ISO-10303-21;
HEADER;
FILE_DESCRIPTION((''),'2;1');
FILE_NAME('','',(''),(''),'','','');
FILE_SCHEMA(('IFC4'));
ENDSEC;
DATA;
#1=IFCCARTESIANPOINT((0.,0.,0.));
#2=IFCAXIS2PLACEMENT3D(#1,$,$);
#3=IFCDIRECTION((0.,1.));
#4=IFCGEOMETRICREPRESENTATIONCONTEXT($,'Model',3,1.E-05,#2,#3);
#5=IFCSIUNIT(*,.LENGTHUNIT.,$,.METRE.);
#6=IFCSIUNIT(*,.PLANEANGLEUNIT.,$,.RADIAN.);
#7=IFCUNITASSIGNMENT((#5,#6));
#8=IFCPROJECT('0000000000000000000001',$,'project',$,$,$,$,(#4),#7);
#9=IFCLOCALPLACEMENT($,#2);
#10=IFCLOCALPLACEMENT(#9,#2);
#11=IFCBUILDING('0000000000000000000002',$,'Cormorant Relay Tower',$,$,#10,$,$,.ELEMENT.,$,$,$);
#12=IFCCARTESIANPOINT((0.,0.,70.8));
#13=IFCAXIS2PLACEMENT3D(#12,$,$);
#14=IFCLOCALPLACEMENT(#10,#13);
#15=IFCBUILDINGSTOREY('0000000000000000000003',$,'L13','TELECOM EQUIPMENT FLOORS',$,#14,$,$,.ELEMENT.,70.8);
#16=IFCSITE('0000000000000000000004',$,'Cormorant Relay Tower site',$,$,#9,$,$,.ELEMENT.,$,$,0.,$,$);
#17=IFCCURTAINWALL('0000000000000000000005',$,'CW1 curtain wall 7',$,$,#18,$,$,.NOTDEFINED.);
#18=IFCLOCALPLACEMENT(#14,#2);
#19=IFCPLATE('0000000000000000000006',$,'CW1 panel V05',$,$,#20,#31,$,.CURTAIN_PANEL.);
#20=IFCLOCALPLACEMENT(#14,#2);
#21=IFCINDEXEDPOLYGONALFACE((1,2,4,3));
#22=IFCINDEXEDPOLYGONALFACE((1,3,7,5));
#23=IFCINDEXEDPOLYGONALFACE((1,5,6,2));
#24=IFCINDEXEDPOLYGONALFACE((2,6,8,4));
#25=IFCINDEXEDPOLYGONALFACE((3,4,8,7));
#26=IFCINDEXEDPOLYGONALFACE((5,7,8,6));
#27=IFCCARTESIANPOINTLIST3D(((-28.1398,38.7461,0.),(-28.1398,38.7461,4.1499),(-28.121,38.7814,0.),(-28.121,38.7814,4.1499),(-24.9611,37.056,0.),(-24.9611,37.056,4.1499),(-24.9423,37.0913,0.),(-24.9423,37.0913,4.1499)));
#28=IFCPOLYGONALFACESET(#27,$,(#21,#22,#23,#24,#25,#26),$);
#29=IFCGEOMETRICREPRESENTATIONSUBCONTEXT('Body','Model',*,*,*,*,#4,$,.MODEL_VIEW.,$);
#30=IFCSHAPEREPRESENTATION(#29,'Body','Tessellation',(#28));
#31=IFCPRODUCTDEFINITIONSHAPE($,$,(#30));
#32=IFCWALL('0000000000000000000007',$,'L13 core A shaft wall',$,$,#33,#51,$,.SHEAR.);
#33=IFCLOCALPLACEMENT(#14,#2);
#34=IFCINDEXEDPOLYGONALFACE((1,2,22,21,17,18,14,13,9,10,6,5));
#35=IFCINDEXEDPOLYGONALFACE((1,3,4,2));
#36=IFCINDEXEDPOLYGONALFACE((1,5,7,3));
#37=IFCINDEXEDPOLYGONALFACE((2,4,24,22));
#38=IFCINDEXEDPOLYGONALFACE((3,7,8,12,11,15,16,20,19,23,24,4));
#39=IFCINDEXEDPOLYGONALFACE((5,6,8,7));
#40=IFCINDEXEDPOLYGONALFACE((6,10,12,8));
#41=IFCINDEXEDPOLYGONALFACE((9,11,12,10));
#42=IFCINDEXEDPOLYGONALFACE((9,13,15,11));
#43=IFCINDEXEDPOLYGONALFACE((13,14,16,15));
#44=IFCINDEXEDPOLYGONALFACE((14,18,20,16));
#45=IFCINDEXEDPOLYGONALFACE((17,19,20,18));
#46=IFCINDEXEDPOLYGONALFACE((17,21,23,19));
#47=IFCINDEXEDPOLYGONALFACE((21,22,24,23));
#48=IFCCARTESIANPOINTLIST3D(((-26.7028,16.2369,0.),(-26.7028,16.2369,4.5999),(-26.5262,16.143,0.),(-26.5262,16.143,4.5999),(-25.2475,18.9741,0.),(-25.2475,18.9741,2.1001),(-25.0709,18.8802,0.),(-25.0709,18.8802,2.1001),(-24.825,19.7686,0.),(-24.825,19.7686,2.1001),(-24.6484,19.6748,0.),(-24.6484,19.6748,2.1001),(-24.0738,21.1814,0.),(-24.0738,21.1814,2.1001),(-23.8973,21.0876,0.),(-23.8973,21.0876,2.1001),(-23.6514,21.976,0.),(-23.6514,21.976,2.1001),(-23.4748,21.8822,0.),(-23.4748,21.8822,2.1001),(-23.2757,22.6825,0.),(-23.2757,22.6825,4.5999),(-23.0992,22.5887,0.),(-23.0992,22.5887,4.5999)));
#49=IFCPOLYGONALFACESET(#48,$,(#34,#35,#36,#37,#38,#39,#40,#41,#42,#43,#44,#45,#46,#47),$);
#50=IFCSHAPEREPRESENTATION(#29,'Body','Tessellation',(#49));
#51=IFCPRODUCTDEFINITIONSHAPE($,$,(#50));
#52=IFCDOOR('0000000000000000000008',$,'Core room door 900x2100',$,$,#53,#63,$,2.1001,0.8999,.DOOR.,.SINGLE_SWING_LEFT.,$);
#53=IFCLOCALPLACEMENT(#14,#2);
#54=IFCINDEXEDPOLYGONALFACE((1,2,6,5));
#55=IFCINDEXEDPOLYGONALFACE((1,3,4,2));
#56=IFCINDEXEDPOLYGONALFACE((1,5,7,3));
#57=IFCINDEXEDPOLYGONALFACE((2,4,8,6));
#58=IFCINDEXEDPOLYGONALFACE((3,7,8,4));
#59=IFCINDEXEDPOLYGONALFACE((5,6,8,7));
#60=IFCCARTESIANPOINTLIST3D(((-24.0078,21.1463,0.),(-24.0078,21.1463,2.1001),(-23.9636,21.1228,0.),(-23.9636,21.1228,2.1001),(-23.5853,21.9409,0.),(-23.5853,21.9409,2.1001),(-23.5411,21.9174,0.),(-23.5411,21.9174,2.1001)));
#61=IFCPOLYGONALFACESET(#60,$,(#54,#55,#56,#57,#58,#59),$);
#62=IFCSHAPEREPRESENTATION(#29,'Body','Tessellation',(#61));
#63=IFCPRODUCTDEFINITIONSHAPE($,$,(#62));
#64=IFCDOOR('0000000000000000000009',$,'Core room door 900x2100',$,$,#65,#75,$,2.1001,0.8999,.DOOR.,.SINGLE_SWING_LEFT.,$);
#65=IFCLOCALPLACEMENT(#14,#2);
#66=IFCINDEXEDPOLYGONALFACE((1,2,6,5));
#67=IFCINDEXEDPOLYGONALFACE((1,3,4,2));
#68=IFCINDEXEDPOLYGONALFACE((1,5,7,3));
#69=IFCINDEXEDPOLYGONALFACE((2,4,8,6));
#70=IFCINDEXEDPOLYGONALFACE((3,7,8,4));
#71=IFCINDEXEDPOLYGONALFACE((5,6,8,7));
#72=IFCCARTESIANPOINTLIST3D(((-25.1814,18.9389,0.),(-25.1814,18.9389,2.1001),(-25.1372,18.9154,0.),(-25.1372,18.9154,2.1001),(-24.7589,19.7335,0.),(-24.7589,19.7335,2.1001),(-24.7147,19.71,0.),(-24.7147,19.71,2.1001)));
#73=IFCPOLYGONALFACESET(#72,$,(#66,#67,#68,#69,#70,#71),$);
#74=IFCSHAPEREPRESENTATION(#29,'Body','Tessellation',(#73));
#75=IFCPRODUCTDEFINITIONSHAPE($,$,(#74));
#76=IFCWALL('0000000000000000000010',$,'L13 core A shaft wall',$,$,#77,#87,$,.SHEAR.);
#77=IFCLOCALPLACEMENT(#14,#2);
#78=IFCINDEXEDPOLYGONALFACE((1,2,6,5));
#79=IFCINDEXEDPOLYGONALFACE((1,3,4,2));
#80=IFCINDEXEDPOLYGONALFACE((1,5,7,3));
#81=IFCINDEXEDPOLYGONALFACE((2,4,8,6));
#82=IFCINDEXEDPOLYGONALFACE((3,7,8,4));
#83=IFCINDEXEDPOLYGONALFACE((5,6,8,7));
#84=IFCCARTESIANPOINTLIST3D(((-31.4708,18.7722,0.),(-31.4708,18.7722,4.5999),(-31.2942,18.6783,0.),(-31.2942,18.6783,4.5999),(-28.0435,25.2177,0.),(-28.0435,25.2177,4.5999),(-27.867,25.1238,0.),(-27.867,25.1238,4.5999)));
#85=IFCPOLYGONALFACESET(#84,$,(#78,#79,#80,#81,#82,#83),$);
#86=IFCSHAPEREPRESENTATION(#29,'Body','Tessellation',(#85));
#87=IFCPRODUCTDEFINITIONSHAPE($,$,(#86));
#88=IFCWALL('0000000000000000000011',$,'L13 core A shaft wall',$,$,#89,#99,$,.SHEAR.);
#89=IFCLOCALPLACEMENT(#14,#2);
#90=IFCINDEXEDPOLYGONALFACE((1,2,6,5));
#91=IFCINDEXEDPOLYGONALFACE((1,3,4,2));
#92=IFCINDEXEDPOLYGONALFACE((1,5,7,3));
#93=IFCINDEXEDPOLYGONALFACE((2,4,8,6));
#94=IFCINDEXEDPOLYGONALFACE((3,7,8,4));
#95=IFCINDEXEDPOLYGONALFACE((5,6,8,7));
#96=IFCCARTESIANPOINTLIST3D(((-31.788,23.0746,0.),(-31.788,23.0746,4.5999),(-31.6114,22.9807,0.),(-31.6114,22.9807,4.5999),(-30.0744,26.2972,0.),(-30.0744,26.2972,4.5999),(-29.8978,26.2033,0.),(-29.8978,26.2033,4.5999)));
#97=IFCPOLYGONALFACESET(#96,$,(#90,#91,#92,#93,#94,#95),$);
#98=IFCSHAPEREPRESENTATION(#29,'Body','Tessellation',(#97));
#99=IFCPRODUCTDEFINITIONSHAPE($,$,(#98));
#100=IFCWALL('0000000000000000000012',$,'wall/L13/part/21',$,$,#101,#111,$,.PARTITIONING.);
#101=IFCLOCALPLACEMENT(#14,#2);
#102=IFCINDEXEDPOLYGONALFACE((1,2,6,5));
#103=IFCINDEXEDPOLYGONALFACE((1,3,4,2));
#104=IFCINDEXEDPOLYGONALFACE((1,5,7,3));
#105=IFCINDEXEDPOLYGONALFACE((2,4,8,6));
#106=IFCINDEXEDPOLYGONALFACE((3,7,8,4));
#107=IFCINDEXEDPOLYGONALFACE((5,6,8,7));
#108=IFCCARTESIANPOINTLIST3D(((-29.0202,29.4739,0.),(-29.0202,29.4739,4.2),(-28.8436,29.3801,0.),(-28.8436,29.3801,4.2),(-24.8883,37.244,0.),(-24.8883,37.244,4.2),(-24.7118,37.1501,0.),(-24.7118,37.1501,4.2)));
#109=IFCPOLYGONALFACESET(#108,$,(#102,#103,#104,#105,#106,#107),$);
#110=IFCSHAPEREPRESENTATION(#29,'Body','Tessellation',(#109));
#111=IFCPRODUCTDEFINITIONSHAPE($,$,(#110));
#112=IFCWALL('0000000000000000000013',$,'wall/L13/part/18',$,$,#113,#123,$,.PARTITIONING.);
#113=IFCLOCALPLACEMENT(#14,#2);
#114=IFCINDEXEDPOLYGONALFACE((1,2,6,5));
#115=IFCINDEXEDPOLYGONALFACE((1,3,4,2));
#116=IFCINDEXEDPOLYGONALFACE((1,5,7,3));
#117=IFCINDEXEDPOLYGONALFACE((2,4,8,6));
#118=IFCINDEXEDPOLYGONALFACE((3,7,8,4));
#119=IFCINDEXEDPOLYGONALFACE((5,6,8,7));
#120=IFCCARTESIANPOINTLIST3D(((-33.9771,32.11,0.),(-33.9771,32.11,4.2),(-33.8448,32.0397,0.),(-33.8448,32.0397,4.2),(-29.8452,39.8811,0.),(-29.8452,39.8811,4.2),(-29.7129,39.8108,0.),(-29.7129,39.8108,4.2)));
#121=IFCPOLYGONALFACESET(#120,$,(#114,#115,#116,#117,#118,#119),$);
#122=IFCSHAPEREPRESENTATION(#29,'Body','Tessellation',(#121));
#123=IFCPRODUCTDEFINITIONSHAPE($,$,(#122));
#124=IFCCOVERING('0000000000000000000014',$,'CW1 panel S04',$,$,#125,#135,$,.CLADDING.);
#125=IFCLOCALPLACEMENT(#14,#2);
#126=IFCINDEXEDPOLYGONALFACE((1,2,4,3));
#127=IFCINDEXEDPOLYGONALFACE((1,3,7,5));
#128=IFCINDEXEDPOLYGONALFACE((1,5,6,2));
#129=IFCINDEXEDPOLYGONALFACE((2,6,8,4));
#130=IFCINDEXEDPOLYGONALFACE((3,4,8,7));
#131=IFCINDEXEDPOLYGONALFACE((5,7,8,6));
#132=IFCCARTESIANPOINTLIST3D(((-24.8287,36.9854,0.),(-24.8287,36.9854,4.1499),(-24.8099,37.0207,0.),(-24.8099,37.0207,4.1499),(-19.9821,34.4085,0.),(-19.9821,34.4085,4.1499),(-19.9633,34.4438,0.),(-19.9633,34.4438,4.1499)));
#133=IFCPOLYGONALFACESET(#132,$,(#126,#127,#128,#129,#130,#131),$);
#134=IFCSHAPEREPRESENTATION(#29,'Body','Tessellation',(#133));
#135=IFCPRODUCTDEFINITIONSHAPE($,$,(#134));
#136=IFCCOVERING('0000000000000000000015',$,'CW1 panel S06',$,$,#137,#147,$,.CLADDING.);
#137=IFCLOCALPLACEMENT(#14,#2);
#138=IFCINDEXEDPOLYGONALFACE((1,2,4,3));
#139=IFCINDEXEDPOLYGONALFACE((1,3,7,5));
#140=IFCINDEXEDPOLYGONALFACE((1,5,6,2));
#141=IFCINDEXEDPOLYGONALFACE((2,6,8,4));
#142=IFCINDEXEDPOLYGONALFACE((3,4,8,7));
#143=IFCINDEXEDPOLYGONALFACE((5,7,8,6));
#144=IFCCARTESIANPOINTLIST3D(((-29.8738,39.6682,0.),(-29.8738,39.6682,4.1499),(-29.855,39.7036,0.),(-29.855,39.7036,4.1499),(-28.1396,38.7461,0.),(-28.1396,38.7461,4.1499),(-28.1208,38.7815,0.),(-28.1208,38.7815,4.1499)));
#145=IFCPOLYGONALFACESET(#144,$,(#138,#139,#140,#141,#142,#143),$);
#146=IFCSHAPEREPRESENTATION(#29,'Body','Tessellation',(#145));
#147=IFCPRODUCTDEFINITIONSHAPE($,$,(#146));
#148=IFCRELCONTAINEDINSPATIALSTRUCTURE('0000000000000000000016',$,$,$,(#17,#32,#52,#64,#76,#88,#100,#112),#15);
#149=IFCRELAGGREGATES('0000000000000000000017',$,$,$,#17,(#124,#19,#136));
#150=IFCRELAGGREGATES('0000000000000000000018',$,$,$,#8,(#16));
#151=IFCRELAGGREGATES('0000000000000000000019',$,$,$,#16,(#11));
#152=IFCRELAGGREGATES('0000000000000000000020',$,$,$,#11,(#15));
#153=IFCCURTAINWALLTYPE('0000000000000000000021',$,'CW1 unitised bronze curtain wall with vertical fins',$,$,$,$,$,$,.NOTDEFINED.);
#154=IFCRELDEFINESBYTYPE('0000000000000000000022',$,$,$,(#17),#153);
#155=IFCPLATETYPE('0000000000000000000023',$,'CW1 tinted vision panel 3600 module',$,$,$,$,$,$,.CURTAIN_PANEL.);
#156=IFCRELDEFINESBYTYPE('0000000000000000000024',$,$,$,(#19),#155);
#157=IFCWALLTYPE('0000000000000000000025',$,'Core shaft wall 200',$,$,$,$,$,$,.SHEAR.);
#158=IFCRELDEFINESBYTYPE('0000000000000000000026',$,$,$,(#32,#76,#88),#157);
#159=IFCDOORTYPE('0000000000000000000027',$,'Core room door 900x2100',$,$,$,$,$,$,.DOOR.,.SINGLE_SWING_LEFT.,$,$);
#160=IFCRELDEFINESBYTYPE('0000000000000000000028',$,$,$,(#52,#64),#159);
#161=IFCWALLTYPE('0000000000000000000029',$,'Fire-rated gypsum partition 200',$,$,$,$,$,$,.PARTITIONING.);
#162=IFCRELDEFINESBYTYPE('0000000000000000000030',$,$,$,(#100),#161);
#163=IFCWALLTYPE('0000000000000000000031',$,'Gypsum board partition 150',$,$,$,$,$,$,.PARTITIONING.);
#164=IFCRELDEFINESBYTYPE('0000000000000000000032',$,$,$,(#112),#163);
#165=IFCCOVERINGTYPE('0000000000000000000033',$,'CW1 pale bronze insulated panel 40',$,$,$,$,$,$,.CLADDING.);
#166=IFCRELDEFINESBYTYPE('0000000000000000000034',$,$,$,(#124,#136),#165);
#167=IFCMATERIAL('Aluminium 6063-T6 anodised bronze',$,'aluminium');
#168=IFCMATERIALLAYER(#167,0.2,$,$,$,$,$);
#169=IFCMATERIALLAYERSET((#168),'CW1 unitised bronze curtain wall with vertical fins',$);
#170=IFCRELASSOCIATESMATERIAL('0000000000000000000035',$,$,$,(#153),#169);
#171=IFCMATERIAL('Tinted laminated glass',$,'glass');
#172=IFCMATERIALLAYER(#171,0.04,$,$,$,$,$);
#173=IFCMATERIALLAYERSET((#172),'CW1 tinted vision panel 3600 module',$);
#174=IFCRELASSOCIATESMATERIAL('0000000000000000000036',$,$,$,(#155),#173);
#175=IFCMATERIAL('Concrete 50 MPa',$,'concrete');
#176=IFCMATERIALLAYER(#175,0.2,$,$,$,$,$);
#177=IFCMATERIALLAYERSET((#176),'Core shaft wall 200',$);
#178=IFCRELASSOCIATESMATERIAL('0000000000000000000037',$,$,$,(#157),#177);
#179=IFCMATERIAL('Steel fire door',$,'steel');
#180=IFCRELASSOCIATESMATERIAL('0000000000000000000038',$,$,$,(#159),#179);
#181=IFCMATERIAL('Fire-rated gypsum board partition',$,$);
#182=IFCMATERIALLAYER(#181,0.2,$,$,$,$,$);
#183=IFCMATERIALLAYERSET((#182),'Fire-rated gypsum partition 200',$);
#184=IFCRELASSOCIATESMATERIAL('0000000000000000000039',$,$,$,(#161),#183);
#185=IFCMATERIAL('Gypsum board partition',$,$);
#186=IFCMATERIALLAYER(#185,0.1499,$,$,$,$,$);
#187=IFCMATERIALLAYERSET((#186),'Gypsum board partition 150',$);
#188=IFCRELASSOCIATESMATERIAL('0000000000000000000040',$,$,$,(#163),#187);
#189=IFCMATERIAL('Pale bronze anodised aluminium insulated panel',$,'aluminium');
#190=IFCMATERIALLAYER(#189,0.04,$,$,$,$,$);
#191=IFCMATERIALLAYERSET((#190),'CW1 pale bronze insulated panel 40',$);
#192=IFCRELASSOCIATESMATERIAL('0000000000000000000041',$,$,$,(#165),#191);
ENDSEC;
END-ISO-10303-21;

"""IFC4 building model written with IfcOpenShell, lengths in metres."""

from ifc_helpers import new_model, si_unit, direction, frame, frame_2d, origin, origin_2d, place, context, subcontext, project, spatial, rectangle, extrude, material, layer, layer_set, type_object, element, fill, aggregate, save


model = new_model("IFC4")

# Units and contexts
model_context = context("Model", 3, precision=1e-05, world=origin(), true_north=direction((0.0, 1.0)))
body_context = subcontext(model_context, "Body", "Model", "MODEL_VIEW")
ifc_project = project(units=[si_unit("LENGTHUNIT", "METRE"), si_unit("PLANEANGLEUNIT", "RADIAN")], contexts=[model_context])

# Site, building, storey
site_placement = place(None, origin())
site = spatial("IfcSite", under=ifc_project, at=site_placement, Name="Cormorant Relay Tower site", CompositionType="ELEMENT", RefElevation=0.0)
building_placement = place(site_placement, origin())
building = spatial("IfcBuilding", under=site, at=building_placement, Name="Cormorant Relay Tower", CompositionType="ELEMENT")
storey_placement = place(building_placement, frame((0.0, 0.0, 70.8)))
storey = spatial("IfcBuildingStorey", under=building, at=storey_placement, Name="L13", Description="TELECOM EQUIPMENT FLOORS", CompositionType="ELEMENT", Elevation=70.8)

# Curtain wall
ifc_material_1 = material(Name="Aluminium 6063-T6 anodised bronze", Category="aluminium")
ifc_layer_1 = layer(ifc_material_1, 0.2)
ifc_layer_set_1 = layer_set([ifc_layer_1], Name="CW1 unitised bronze curtain wall with vertical fins")
curtain_wall_type = type_object("IfcCurtainWallType", Name="CW1 unitised bronze curtain wall with vertical fins", PredefinedType="NOTDEFINED", material=ifc_layer_set_1)
curtain_wall_1_placement = place(storey_placement, origin())
curtain_wall_1 = element("IfcCurtainWall", 1, at=curtain_wall_1_placement, inside=storey, type_object=curtain_wall_type, Name="CW1 curtain wall 7", PredefinedType="NOTDEFINED")

# Plate
ifc_material_2 = material(Name="Tinted laminated glass", Category="glass")
ifc_layer_2 = layer(ifc_material_2, 0.04)
ifc_layer_set_2 = layer_set([ifc_layer_2], Name="CW1 tinted vision panel 3600 module")
plate_type = type_object("IfcPlateType", Name="CW1 tinted vision panel 3600 module", PredefinedType="CURTAIN_PANEL", material=ifc_layer_set_2)
plate_placement = place(storey_placement, frame((-26.541, 37.9187, 0.0), z_axis=(0.0, 0.0, 1.0), x_axis=(-0.882948, 0.469472, 0.0)))
plate = element("IfcPlate", 2, at=plate_placement, type_object=plate_type, Name="CW1 panel V05", PredefinedType="CURTAIN_PANEL", context=body_context, shape_type="SweptSolid", body=[
    extrude(rectangle(XDim=3.6001, YDim=0.04, at=origin_2d()), origin(), (0.0, 0.0, 1.0), 4.1499),
])

# Wall, openings, doors
ifc_material_3 = material(Name="Concrete 50 MPa", Category="concrete")
ifc_layer_3 = layer(ifc_material_3, 0.2)
ifc_layer_set_3 = layer_set([ifc_layer_3], Name="Core shaft wall 200")
wall_type_1 = type_object("IfcWallType", Name="Core shaft wall 200", PredefinedType="SHEAR", material=ifc_layer_set_3)
wall_1_placement = place(storey_placement, frame((-23.1875, 22.6355, 0.0), z_axis=(0.0, 0.0, 1.0), x_axis=(-0.469454, -0.882957, 0.0)))
wall_1 = element("IfcWall", 3, at=wall_1_placement, inside=storey, type_object=wall_type_1, Name="L13 core A shaft wall", PredefinedType="SHEAR", context=body_context, shape_type="SweptSolid", body=[
    extrude(rectangle(XDim=7.3, YDim=0.2, at=frame_2d((3.6499, 0.0))), origin(), (0.0, 0.0, 1.0), 4.5999),
])
opening_1_placement = place(wall_1_placement, frame((0.8, 0.0, 0.0)))
opening_1 = element("IfcOpeningElement", 4, at=opening_1_placement, cuts=wall_1, PredefinedType="OPENING", context=body_context, shape_type="SweptSolid", body=[
    extrude(rectangle(XDim=0.8999, YDim=2.1001, at=frame_2d((0.45, 1.05))), frame((0.0, 0.1099, 0.0), z_axis=(0.0, -1.0, 0.0), x_axis=(1.0, 0.0, 0.0)), (0.0, 0.0, 1.0), 0.22),
])
opening_2_placement = place(wall_1_placement, frame((3.3, 0.0, 0.0)))
opening_2 = element("IfcOpeningElement", 5, at=opening_2_placement, cuts=wall_1, PredefinedType="OPENING", context=body_context, shape_type="SweptSolid", body=[
    extrude(rectangle(XDim=0.8999, YDim=2.1001, at=frame_2d((0.45, 1.05))), frame((0.0, 0.1099, 0.0), z_axis=(0.0, -1.0, 0.0), x_axis=(1.0, 0.0, 0.0)), (0.0, 0.0, 1.0), 0.22),
])
ifc_material_4 = material(Name="Steel fire door", Category="steel")
door_type = type_object("IfcDoorType", Name="Core room door 900x2100", OperationType="SINGLE_SWING_LEFT", PredefinedType="DOOR", material=ifc_material_4)
door_1_placement = place(opening_1_placement, origin())
door_1 = element("IfcDoor", 6, at=door_1_placement, inside=storey, type_object=door_type, Name="Core room door 900x2100", OperationType="SINGLE_SWING_LEFT", OverallHeight=2.1001, OverallWidth=0.8999, PredefinedType="DOOR", context=body_context, shape_type="SweptSolid", body=[
    extrude(rectangle(XDim=0.8999, YDim=2.1001, at=frame_2d((0.45, 1.05))), frame((0.0, 0.0249, 0.0), z_axis=(0.0, -1.0, 0.0), x_axis=(1.0, 0.0, 0.0)), (0.0, 0.0, 1.0), 0.05),
])
fill(opening_1, door_1)
door_2_placement = place(opening_2_placement, origin())
door_2 = element("IfcDoor", 7, at=door_2_placement, inside=storey, type_object=door_type, Name="Core room door 900x2100", OperationType="SINGLE_SWING_LEFT", OverallHeight=2.1001, OverallWidth=0.8999, PredefinedType="DOOR", context=body_context, shape_type="SweptSolid", body=[
    extrude(rectangle(XDim=0.8999, YDim=2.1001, at=frame_2d((0.45, 1.05))), frame((0.0, 0.0249, 0.0), z_axis=(0.0, -1.0, 0.0), x_axis=(1.0, 0.0, 0.0)), (0.0, 0.0, 1.0), 0.05),
])
fill(opening_2, door_2)

# Walls
wall_2_placement = place(storey_placement, frame((-27.9553, 25.1707, 0.0), z_axis=(0.0, 0.0, 1.0), x_axis=(-0.46948, -0.882943, 0.0)))
element("IfcWall", 8, at=wall_2_placement, inside=storey, type_object=wall_type_1, Name="L13 core A shaft wall", PredefinedType="SHEAR", context=body_context, shape_type="SweptSolid", body=[
    extrude(rectangle(XDim=7.3, YDim=0.2, at=frame_2d((3.6499, 0.0))), origin(), (0.0, 0.0, 1.0), 4.5999),
])
wall_3_placement = place(storey_placement, frame((-29.9861, 26.2502, 0.0), z_axis=(0.0, 0.0, 1.0), x_axis=(-0.469494, -0.882936, 0.0)))
element("IfcWall", 9, at=wall_3_placement, inside=storey, type_object=wall_type_1, Name="L13 core A shaft wall", PredefinedType="SHEAR", context=body_context, shape_type="SweptSolid", body=[
    extrude(rectangle(XDim=3.6499, YDim=0.2, at=frame_2d((1.825, 0.0))), origin(), (0.0, 0.0, 1.0), 4.5999),
])
ifc_material_5 = material(Name="Fire-rated gypsum board partition")
ifc_layer_4 = layer(ifc_material_5, 0.2)
ifc_layer_set_4 = layer_set([ifc_layer_4], Name="Fire-rated gypsum partition 200")
wall_type_2 = type_object("IfcWallType", Name="Fire-rated gypsum partition 200", PredefinedType="PARTITIONING", material=ifc_layer_set_4)
wall_4_placement = place(storey_placement, frame((-24.8, 37.197, 0.0), z_axis=(0.0, 0.0, 1.0), x_axis=(-0.469511, -0.882927, 0.0)))
element("IfcWall", 10, at=wall_4_placement, inside=storey, type_object=wall_type_2, Name="wall/L13/part/21", PredefinedType="PARTITIONING", context=body_context, shape_type="SweptSolid", body=[
    extrude(rectangle(XDim=8.8003, YDim=0.2, at=frame_2d((4.4001, 0.0))), origin(), (0.0, 0.0, 1.0), 4.2),
])
ifc_material_6 = material(Name="Gypsum board partition")
ifc_layer_5 = layer(ifc_material_6, 0.1499)
ifc_layer_set_5 = layer_set([ifc_layer_5], Name="Gypsum board partition 150")
wall_type_3 = type_object("IfcWallType", Name="Gypsum board partition 150", PredefinedType="PARTITIONING", material=ifc_layer_set_5)
wall_5_placement = place(storey_placement, frame((-29.7791, 39.8459, 0.0), z_axis=(0.0, 0.0, 1.0), x_axis=(-0.469465, -0.882951, 0.0)))
element("IfcWall", 11, at=wall_5_placement, inside=storey, type_object=wall_type_3, Name="wall/L13/part/18", PredefinedType="PARTITIONING", context=body_context, shape_type="SweptSolid", body=[
    extrude(rectangle(XDim=8.8013, YDim=0.1499, at=frame_2d((4.4006, 0.0))), origin(), (0.0, 0.0, 1.0), 4.2),
])

# Coverings
ifc_material_7 = material(Name="Pale bronze anodised aluminium insulated panel", Category="aluminium")
ifc_layer_6 = layer(ifc_material_7, 0.04)
ifc_layer_set_6 = layer_set([ifc_layer_6], Name="CW1 pale bronze insulated panel 40")
covering_type = type_object("IfcCoveringType", Name="CW1 pale bronze insulated panel 40", PredefinedType="CLADDING", material=ifc_layer_set_6)
covering_1_placement = place(storey_placement, frame((-22.396, 35.7146, 0.0), z_axis=(0.0, 0.0, 1.0), x_axis=(-0.882948, 0.469472, 0.0)))
covering_1 = element("IfcCovering", 12, at=covering_1_placement, type_object=covering_type, Name="CW1 panel S04", PredefinedType="CLADDING", context=body_context, shape_type="SweptSolid", body=[
    extrude(rectangle(XDim=5.489, YDim=0.04, at=origin_2d()), origin(), (0.0, 0.0, 1.0), 4.1499),
])
covering_2_placement = place(storey_placement, frame((-28.9973, 39.2249, 0.0), z_axis=(0.0, 0.0, 1.0), x_axis=(-0.882948, 0.469472, 0.0)))
covering_2 = element("IfcCovering", 13, at=covering_2_placement, type_object=covering_type, Name="CW1 panel S06", PredefinedType="CLADDING", context=body_context, shape_type="SweptSolid", body=[
    extrude(rectangle(XDim=1.9641, YDim=0.04, at=origin_2d()), origin(), (0.0, 0.0, 1.0), 4.1499),
])
aggregate(curtain_wall_1, [covering_1, plate, covering_2])

save(model, "model.ifc")
